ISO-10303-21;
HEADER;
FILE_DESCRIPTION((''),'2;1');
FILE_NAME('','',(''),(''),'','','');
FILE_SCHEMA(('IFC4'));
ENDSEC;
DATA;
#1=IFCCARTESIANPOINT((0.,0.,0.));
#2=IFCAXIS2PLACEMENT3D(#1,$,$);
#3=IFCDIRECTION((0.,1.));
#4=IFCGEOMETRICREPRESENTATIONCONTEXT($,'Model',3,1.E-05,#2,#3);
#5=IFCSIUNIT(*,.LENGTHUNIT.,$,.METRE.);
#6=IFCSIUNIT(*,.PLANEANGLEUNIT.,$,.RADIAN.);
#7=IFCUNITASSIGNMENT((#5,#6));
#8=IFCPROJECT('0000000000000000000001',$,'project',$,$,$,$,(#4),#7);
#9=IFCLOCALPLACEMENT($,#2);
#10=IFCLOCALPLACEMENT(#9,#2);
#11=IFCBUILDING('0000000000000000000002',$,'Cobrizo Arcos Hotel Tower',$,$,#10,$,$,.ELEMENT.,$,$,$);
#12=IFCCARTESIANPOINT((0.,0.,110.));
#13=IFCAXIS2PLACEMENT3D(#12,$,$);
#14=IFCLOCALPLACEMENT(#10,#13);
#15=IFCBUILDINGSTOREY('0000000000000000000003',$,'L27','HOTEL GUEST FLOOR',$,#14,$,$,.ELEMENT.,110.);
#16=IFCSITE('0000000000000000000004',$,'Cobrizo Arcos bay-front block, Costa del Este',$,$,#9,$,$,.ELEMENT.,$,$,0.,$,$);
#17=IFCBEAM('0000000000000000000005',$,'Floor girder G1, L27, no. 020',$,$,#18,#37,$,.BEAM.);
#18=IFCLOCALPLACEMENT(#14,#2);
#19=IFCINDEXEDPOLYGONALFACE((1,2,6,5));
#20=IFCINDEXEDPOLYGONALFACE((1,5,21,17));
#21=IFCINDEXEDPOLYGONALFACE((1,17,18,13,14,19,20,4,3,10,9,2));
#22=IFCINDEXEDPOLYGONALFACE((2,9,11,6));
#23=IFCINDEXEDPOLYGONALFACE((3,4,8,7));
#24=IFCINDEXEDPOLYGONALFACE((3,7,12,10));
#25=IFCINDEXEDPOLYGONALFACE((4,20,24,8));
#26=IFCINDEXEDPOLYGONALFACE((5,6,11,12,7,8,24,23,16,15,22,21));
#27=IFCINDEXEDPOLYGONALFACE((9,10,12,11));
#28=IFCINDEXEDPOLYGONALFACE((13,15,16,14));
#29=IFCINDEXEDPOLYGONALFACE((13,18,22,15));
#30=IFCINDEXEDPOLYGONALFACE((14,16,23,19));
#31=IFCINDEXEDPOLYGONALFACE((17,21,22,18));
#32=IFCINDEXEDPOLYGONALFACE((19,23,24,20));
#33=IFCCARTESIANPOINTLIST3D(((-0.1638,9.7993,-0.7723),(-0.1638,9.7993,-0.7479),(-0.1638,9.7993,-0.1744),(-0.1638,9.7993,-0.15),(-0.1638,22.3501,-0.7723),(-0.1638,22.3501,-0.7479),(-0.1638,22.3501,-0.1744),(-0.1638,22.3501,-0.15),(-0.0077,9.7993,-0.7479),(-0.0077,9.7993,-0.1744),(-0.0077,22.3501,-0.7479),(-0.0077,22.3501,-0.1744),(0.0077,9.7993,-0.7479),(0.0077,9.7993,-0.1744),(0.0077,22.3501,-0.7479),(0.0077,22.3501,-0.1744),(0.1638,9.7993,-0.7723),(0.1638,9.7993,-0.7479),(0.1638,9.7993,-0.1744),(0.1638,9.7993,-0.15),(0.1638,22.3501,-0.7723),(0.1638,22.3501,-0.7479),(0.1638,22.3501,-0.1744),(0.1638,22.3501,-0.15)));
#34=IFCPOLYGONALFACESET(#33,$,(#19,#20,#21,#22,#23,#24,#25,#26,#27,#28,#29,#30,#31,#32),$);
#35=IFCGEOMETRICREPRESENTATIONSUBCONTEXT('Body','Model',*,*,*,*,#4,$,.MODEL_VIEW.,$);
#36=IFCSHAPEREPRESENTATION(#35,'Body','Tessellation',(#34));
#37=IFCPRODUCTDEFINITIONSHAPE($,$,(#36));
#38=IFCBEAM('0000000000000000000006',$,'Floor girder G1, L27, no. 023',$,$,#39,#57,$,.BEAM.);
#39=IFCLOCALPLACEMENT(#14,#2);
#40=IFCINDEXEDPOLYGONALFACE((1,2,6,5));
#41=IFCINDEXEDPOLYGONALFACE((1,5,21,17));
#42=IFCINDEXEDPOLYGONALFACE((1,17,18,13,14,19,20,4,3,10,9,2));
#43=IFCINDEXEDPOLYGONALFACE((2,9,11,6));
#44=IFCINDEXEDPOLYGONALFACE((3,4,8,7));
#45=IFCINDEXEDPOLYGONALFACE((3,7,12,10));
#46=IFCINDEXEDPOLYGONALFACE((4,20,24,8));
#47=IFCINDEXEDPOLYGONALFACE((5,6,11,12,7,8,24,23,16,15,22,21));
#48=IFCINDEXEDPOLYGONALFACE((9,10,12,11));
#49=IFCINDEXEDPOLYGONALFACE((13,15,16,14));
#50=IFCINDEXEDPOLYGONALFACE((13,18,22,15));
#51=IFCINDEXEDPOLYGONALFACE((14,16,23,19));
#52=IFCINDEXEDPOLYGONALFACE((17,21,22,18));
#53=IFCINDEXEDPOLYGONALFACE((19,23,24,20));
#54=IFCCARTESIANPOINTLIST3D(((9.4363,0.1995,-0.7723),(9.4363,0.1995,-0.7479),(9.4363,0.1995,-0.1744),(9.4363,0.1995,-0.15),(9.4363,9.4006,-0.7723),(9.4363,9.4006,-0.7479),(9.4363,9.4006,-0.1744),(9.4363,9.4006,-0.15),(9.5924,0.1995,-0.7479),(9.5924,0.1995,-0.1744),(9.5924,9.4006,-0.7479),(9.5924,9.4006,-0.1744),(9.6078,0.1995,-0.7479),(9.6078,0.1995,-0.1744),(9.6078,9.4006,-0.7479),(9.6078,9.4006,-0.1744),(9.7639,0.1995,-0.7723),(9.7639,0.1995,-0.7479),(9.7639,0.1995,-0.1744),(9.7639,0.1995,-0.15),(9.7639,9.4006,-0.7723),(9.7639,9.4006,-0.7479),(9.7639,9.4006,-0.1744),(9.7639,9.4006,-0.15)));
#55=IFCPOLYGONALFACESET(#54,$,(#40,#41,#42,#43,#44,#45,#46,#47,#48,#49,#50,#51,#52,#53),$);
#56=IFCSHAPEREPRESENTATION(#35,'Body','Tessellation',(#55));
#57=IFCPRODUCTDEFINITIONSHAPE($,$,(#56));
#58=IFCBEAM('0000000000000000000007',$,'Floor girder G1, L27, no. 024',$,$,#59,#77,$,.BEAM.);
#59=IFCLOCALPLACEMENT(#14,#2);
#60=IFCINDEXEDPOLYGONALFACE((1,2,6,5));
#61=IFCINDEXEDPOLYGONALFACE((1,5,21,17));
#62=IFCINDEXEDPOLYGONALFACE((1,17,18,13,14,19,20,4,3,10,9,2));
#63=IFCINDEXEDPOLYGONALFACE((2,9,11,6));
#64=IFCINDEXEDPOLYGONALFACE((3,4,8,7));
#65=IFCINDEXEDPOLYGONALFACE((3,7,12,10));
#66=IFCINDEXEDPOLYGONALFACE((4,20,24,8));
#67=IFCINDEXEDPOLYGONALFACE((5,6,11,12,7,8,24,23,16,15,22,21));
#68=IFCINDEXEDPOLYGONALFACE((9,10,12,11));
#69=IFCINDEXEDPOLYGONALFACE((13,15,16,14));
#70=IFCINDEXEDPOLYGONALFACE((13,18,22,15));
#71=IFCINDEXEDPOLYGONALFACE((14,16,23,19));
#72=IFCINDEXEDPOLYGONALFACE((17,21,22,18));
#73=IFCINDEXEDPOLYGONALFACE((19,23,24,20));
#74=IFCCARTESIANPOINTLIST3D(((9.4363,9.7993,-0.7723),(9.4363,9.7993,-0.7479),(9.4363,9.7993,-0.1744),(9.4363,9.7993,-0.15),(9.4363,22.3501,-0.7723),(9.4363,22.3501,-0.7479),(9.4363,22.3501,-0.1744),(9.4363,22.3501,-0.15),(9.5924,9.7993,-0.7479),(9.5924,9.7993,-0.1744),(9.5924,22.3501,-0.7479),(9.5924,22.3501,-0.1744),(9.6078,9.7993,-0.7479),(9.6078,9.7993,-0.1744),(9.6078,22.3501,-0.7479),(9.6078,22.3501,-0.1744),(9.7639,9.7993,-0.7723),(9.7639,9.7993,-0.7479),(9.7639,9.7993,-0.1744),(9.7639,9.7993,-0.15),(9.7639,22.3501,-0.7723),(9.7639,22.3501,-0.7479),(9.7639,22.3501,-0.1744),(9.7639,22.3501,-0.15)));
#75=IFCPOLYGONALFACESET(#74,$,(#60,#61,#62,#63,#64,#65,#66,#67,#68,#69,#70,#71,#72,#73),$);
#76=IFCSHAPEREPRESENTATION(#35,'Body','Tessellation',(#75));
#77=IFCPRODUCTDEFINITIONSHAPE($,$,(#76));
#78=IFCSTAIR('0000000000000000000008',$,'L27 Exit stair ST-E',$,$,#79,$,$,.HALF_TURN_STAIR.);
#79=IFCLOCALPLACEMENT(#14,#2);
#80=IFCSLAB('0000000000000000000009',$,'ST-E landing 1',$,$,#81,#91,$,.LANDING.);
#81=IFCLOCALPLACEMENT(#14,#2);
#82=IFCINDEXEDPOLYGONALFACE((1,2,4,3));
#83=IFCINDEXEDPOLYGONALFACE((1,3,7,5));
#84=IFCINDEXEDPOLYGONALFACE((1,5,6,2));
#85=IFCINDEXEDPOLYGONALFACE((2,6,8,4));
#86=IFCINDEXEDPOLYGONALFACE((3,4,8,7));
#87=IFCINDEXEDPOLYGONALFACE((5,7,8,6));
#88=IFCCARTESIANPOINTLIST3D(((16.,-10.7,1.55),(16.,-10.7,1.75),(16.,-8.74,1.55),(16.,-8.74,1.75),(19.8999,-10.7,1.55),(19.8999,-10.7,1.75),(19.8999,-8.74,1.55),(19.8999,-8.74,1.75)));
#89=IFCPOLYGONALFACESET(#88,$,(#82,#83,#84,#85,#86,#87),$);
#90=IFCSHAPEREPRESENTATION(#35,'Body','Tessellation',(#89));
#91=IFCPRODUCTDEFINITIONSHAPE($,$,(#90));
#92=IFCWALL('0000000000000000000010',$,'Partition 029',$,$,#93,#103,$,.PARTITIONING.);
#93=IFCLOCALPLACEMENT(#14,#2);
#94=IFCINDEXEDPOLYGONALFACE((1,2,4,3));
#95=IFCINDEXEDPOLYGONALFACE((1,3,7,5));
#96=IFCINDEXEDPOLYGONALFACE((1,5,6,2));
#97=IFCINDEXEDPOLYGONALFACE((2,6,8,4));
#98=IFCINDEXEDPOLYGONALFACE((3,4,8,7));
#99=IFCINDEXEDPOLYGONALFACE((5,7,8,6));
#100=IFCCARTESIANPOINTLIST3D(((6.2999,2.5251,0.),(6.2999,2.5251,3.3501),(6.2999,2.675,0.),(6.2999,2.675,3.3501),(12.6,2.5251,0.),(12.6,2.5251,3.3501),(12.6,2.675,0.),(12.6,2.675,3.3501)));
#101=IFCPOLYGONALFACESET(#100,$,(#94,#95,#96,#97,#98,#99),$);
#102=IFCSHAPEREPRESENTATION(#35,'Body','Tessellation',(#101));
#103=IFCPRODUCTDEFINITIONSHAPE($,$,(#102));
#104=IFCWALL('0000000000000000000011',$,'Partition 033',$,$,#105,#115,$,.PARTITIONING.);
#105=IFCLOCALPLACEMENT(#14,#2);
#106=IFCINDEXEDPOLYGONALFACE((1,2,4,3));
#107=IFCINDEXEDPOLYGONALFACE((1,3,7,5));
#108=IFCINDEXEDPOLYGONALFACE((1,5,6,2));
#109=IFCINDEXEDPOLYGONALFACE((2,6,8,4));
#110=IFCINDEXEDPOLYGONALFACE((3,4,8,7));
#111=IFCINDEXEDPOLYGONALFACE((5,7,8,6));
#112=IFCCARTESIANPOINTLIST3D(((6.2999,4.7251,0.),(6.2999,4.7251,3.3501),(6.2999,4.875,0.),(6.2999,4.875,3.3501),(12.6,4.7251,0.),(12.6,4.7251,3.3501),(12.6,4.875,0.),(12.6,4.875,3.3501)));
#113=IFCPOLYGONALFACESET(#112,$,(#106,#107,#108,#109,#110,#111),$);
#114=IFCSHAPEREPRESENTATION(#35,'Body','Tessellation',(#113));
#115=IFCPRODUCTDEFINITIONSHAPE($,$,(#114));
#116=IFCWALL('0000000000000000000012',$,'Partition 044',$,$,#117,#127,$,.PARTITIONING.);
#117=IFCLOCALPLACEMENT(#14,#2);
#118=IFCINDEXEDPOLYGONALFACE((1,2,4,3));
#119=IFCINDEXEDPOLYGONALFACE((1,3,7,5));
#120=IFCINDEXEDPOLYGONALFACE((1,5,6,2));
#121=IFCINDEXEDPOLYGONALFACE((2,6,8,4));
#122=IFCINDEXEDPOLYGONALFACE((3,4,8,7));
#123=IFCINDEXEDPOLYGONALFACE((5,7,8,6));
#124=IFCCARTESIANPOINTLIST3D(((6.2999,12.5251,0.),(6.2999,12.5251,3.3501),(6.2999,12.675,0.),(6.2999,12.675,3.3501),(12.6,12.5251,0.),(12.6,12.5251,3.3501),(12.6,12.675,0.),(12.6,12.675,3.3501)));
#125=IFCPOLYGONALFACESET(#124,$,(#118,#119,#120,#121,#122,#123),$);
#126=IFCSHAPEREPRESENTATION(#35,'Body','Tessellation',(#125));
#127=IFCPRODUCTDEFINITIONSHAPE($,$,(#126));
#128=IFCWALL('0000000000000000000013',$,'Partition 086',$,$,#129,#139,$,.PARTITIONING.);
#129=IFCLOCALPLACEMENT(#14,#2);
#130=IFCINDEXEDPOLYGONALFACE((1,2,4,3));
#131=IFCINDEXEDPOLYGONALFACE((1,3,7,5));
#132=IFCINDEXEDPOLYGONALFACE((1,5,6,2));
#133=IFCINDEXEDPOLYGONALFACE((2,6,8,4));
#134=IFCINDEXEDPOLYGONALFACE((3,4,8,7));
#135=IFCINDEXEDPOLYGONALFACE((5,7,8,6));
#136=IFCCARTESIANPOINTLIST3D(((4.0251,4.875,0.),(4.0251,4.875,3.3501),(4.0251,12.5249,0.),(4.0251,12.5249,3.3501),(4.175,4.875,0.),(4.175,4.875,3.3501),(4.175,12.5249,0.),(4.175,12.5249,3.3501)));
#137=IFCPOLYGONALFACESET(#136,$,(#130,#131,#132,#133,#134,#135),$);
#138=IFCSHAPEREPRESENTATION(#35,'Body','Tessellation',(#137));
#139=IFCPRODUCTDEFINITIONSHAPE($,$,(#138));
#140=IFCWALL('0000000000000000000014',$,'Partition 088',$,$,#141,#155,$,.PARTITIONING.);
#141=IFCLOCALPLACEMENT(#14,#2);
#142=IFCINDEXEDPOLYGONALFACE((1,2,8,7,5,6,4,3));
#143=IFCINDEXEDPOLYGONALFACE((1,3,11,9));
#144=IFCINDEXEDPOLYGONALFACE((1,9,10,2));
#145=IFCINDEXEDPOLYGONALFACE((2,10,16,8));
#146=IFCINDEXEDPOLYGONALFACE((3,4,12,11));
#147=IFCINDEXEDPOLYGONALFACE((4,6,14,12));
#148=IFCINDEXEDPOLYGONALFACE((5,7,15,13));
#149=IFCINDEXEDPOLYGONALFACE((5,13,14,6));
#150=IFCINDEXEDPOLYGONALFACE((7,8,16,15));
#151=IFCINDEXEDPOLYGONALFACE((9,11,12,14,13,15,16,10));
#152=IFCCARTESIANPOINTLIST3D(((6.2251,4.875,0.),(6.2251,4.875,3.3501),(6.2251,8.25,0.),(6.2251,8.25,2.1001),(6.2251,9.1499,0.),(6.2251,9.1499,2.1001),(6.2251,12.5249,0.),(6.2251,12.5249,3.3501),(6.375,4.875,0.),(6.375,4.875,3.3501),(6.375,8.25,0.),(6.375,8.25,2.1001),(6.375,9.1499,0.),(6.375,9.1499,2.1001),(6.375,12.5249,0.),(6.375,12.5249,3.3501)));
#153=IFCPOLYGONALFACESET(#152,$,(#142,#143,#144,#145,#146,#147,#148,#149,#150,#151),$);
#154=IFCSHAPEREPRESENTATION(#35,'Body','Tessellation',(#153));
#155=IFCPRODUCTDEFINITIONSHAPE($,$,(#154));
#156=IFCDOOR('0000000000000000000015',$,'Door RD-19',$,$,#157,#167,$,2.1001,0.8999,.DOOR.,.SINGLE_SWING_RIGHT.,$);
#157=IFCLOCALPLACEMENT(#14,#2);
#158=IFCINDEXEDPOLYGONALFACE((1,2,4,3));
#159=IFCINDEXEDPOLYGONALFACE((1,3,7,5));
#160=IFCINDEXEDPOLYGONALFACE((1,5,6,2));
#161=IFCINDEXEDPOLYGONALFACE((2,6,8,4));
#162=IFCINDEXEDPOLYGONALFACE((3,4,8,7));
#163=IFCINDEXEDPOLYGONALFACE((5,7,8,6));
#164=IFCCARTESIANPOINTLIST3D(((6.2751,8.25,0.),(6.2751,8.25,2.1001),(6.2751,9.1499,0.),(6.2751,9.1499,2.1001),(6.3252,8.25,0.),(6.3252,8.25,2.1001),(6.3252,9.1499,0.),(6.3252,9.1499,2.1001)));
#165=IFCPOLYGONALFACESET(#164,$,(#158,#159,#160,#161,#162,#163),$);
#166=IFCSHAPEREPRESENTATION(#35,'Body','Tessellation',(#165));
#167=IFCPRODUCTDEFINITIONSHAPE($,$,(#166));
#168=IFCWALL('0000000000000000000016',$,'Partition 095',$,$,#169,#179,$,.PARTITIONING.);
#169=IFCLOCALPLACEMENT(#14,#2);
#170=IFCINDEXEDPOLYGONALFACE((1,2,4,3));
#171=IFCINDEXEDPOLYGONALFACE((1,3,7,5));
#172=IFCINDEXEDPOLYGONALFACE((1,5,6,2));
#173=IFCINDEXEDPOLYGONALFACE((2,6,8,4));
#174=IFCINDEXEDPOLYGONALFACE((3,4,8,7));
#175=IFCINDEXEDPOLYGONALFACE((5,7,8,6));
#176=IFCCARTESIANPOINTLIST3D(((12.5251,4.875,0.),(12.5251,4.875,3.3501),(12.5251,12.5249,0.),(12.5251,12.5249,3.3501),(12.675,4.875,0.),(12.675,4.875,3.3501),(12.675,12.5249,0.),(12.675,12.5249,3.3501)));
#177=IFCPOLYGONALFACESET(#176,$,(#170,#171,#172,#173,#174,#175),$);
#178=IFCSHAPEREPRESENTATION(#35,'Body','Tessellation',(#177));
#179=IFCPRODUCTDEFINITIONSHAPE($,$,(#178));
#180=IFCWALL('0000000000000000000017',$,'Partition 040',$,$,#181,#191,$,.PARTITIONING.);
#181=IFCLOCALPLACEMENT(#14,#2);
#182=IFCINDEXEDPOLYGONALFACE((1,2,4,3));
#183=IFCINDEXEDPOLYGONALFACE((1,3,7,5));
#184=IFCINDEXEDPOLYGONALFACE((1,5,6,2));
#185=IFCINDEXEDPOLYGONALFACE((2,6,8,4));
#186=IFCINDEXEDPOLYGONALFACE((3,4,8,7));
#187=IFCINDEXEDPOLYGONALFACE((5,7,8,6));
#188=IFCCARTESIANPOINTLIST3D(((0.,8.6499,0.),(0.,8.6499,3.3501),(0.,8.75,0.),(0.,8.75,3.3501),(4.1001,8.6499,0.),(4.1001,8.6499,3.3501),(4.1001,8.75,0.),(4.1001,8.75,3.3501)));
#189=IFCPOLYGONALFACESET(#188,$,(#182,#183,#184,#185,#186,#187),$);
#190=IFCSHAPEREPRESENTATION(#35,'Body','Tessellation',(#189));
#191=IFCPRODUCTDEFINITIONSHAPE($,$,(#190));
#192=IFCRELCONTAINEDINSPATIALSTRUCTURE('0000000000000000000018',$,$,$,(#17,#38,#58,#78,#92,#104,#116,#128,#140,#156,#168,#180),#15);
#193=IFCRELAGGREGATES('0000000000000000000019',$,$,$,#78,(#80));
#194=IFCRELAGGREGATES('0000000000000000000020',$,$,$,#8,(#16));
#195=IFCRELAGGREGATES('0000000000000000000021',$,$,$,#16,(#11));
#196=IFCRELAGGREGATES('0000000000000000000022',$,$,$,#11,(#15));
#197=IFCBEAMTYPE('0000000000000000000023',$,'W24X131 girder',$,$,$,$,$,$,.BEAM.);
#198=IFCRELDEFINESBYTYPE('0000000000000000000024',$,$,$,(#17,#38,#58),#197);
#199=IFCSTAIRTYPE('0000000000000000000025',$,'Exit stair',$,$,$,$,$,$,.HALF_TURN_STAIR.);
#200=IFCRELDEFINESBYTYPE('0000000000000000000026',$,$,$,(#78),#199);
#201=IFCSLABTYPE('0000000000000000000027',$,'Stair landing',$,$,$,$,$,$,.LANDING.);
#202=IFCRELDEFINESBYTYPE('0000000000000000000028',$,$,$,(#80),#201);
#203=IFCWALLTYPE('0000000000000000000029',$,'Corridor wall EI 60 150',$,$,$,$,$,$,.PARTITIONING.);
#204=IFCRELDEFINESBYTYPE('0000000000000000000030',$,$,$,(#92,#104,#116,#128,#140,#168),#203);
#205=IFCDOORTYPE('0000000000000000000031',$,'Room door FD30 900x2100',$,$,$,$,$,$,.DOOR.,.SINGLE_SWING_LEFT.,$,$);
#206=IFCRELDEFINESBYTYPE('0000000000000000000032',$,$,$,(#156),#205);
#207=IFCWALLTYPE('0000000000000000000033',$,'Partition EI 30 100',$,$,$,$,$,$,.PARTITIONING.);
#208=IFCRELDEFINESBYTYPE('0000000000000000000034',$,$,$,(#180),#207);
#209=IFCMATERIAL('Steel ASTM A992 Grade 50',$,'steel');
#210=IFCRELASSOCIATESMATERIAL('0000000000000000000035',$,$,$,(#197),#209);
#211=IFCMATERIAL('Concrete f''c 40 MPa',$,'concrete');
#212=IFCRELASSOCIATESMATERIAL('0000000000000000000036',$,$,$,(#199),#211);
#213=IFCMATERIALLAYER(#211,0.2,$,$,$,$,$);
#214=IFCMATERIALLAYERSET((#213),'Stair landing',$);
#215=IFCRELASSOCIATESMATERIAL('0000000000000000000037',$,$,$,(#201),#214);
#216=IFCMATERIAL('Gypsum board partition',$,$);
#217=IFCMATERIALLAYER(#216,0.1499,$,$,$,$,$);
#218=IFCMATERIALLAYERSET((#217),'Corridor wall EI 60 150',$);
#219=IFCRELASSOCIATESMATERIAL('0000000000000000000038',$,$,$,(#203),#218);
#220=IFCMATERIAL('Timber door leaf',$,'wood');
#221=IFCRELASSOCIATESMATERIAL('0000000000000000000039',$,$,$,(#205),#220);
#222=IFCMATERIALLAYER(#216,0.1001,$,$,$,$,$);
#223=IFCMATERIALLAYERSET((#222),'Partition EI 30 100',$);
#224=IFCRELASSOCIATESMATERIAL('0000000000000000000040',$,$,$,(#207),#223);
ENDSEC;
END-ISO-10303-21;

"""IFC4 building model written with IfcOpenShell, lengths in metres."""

from ifc_helpers import new_model, si_unit, direction, frame, frame_2d, origin, origin_2d, place, context, subcontext, project, spatial, polyline, rectangle, i_section, outline, extrude, material, layer, layer_set, material_profile, profile_set, type_object, element, fill, aggregate, save


model = new_model("IFC4")

# Units and contexts
model_context = context("Model", 3, precision=1e-05, world=origin(), true_north=direction((0.0, 1.0)))
body_context = subcontext(model_context, "Body", "Model", "MODEL_VIEW")
ifc_project = project(units=[si_unit("LENGTHUNIT", "METRE"), si_unit("PLANEANGLEUNIT", "RADIAN")], contexts=[model_context])

# Site, building, storey
site_placement = place(None, origin())
site = spatial("IfcSite", under=ifc_project, at=site_placement, Name="Cobrizo Arcos bay-front block, Costa del Este", CompositionType="ELEMENT", RefElevation=0.0)
building_placement = place(site_placement, origin())
building = spatial("IfcBuilding", under=site, at=building_placement, Name="Cobrizo Arcos Hotel Tower", CompositionType="ELEMENT")
storey_placement = place(building_placement, frame((0.0, 0.0, 110.0)))
storey = spatial("IfcBuildingStorey", under=building, at=storey_placement, Name="L27", Description="HOTEL GUEST FLOOR", CompositionType="ELEMENT", Elevation=110.0)

# Shared definitions
ifc_material_1 = material(Name="Steel ASTM A992 Grade 50", Category="steel")

# Beams
ifc_material_profile_1 = material_profile(ifc_material_1, i_section(OverallWidth=0.3276, OverallDepth=0.6223, WebThickness=0.0154, FlangeThickness=0.0244, at=origin_2d()), Name="W24X131")
ifc_profile_set_1 = profile_set([ifc_material_profile_1], Name="Steel ASTM A992 Grade 50")
beam_type_1 = type_object("IfcBeamType", Name="W24X131 girder", PredefinedType="BEAM", material=ifc_profile_set_1)
beam_1_placement = place(storey_placement, frame((0.0, 9.7993, -0.4612), z_axis=(0.0, 1.0, 0.0), x_axis=(-1.0, 0.0, 0.0)))
element("IfcBeam", 1, at=beam_1_placement, inside=storey, type_object=beam_type_1, Name="Floor girder G1, L27, no. 020", PredefinedType="BEAM", context=body_context, shape_type="SweptSolid", body=[
    extrude(i_section(OverallWidth=0.3276, OverallDepth=0.6223, WebThickness=0.0154, FlangeThickness=0.0244, at=origin_2d()), origin(), (0.0, 0.0, 1.0), 12.5508),
])
beam_2_placement = place(storey_placement, frame((9.6001, 0.1995, -0.4612), z_axis=(0.0, 1.0, 0.0), x_axis=(-1.0, 0.0, 0.0)))
element("IfcBeam", 2, at=beam_2_placement, inside=storey, type_object=beam_type_1, Name="Floor girder G1, L27, no. 023", PredefinedType="BEAM", context=body_context, shape_type="SweptSolid", body=[
    extrude(i_section(OverallWidth=0.3276, OverallDepth=0.6223, WebThickness=0.0154, FlangeThickness=0.0244, at=origin_2d()), origin(), (0.0, 0.0, 1.0), 9.2012),
])
beam_3_placement = place(storey_placement, frame((9.6001, 9.7993, -0.4612), z_axis=(0.0, 1.0, 0.0), x_axis=(-1.0, 0.0, 0.0)))
element("IfcBeam", 3, at=beam_3_placement, inside=storey, type_object=beam_type_1, Name="Floor girder G1, L27, no. 024", PredefinedType="BEAM", context=body_context, shape_type="SweptSolid", body=[
    extrude(i_section(OverallWidth=0.3276, OverallDepth=0.6223, WebThickness=0.0154, FlangeThickness=0.0244, at=origin_2d()), origin(), (0.0, 0.0, 1.0), 12.5508),
])

# Stair, slab
ifc_material_2 = material(Name="Concrete f'c 40 MPa", Category="concrete")
stair_type = type_object("IfcStairType", Name="Exit stair", PredefinedType="HALF_TURN_STAIR", material=ifc_material_2)
stair_placement = place(storey_placement, origin())
stair = element("IfcStair", 4, at=stair_placement, inside=storey, type_object=stair_type, Name="L27 Exit stair ST-E", PredefinedType="HALF_TURN_STAIR")
ifc_layer_1 = layer(ifc_material_2, 0.2)
ifc_layer_set_1 = layer_set([ifc_layer_1], Name="Stair landing")
slab_type = type_object("IfcSlabType", Name="Stair landing", PredefinedType="LANDING", material=ifc_layer_set_1)
slab_placement = place(storey_placement, frame((0.0, 0.0, 1.55)))
slab = element("IfcSlab", 5, at=slab_placement, type_object=slab_type, Name="ST-E landing 1", PredefinedType="LANDING", context=body_context, shape_type="SweptSolid", body=[
    extrude(outline(polyline([(16.0, -8.74), (16.0, -10.7), (19.8999, -10.7), (19.8999, -8.74), (16.0, -8.74)])), origin(), (0.0, 0.0, 1.0), 0.2),
])
aggregate(stair, [slab])

# Walls
ifc_material_3 = material(Name="Gypsum board partition")
ifc_layer_2 = layer(ifc_material_3, 0.1499)
ifc_layer_set_2 = layer_set([ifc_layer_2], Name="Corridor wall EI 60 150")
wall_type_1 = type_object("IfcWallType", Name="Corridor wall EI 60 150", PredefinedType="PARTITIONING", material=ifc_layer_set_2)
for number, where, z_axis, x_axis, name in (
    (6, (6.3, 2.6001, 0.0), (0.0, 0.0, 1.0), (1.0, 0.0, 0.0), "Partition 029"),
    (7, (6.3, 4.8, 0.0), (0.0, 0.0, 1.0), (1.0, 0.0, 0.0), "Partition 033"),
    (8, (6.3, 12.6001, 0.0), (0.0, 0.0, 1.0), (1.0, 0.0, 0.0), "Partition 044"),
):
    element("IfcWall", number, at=place(storey_placement, frame(where, z_axis=z_axis, x_axis=x_axis)), inside=storey, type_object=wall_type_1, Name=name, PredefinedType="PARTITIONING", context=body_context, shape_type="SweptSolid", body=[
        extrude(rectangle(XDim=6.3, YDim=0.1499, at=frame_2d((3.1499, 0.0))), origin(), (0.0, 0.0, 1.0), 3.3501),
    ])
wall_1_placement = place(storey_placement, frame((4.1001, 4.875, 0.0), z_axis=(0.0, 0.0, 1.0), x_axis=(0.0, 1.0, 0.0)))
element("IfcWall", 9, at=wall_1_placement, inside=storey, type_object=wall_type_1, Name="Partition 086", PredefinedType="PARTITIONING", context=body_context, shape_type="SweptSolid", body=[
    extrude(rectangle(XDim=7.6499, YDim=0.1499, at=frame_2d((3.825, 0.0))), origin(), (0.0, 0.0, 1.0), 3.3501),
])

# Wall, opening, door
wall_2_placement = place(storey_placement, frame((6.3, 4.875, 0.0), z_axis=(0.0, 0.0, 1.0), x_axis=(0.0, 1.0, 0.0)))
wall_2 = element("IfcWall", 10, at=wall_2_placement, inside=storey, type_object=wall_type_1, Name="Partition 088", PredefinedType="PARTITIONING", context=body_context, shape_type="SweptSolid", body=[
    extrude(rectangle(XDim=7.6499, YDim=0.1499, at=frame_2d((3.825, 0.0))), origin(), (0.0, 0.0, 1.0), 3.3501),
])
opening_1_placement = place(wall_2_placement, frame((3.375, 0.0, 0.0)))
opening_1 = element("IfcOpeningElement", 11, at=opening_1_placement, cuts=wall_2, PredefinedType="OPENING", context=body_context, shape_type="SweptSolid", body=[
    extrude(rectangle(XDim=0.8999, YDim=2.1001, at=frame_2d((0.45, 1.05))), frame((0.0, 0.0869, 0.0), z_axis=(0.0, -1.0, 0.0), x_axis=(1.0, 0.0, 0.0)), (0.0, 0.0, 1.0), 0.1738),
])
ifc_material_4 = material(Name="Timber door leaf", Category="wood")
door_type_1 = type_object("IfcDoorType", Name="Room door FD30 900x2100", OperationType="SINGLE_SWING_LEFT", PredefinedType="DOOR", material=ifc_material_4)
door_1_placement = place(opening_1_placement, origin())
door_1 = element("IfcDoor", 12, at=door_1_placement, inside=storey, type_object=door_type_1, Name="Door RD-19", OperationType="SINGLE_SWING_RIGHT", OverallHeight=2.1001, OverallWidth=0.8999, PredefinedType="DOOR", context=body_context, shape_type="SweptSolid", body=[
    extrude(rectangle(XDim=0.8999, YDim=2.1001, at=frame_2d((0.45, 1.05))), frame((0.0, 0.0249, 0.0), z_axis=(0.0, -1.0, 0.0), x_axis=(1.0, 0.0, 0.0)), (0.0, 0.0, 1.0), 0.05),
])
fill(opening_1, door_1)

# Walls
wall_3_placement = place(storey_placement, frame((12.6001, 4.875, 0.0), z_axis=(0.0, 0.0, 1.0), x_axis=(0.0, 1.0, 0.0)))
element("IfcWall", 13, at=wall_3_placement, inside=storey, type_object=wall_type_1, Name="Partition 095", PredefinedType="PARTITIONING", context=body_context, shape_type="SweptSolid", body=[
    extrude(rectangle(XDim=7.6499, YDim=0.1499, at=frame_2d((3.825, 0.0))), origin(), (0.0, 0.0, 1.0), 3.3501),
])
ifc_layer_3 = layer(ifc_material_3, 0.1001)
ifc_layer_set_3 = layer_set([ifc_layer_3], Name="Partition EI 30 100")
wall_type_2 = type_object("IfcWallType", Name="Partition EI 30 100", PredefinedType="PARTITIONING", material=ifc_layer_set_3)
wall_4_placement = place(storey_placement, frame((0.0, 8.7, 0.0), z_axis=(0.0, 0.0, 1.0), x_axis=(1.0, 0.0, 0.0)))
element("IfcWall", 14, at=wall_4_placement, inside=storey, type_object=wall_type_2, Name="Partition 040", PredefinedType="PARTITIONING", context=body_context, shape_type="SweptSolid", body=[
    extrude(rectangle(XDim=4.1001, YDim=0.1001, at=frame_2d((2.05, 0.0))), origin(), (0.0, 0.0, 1.0), 3.3501),
])

save(model, "model.ifc")
